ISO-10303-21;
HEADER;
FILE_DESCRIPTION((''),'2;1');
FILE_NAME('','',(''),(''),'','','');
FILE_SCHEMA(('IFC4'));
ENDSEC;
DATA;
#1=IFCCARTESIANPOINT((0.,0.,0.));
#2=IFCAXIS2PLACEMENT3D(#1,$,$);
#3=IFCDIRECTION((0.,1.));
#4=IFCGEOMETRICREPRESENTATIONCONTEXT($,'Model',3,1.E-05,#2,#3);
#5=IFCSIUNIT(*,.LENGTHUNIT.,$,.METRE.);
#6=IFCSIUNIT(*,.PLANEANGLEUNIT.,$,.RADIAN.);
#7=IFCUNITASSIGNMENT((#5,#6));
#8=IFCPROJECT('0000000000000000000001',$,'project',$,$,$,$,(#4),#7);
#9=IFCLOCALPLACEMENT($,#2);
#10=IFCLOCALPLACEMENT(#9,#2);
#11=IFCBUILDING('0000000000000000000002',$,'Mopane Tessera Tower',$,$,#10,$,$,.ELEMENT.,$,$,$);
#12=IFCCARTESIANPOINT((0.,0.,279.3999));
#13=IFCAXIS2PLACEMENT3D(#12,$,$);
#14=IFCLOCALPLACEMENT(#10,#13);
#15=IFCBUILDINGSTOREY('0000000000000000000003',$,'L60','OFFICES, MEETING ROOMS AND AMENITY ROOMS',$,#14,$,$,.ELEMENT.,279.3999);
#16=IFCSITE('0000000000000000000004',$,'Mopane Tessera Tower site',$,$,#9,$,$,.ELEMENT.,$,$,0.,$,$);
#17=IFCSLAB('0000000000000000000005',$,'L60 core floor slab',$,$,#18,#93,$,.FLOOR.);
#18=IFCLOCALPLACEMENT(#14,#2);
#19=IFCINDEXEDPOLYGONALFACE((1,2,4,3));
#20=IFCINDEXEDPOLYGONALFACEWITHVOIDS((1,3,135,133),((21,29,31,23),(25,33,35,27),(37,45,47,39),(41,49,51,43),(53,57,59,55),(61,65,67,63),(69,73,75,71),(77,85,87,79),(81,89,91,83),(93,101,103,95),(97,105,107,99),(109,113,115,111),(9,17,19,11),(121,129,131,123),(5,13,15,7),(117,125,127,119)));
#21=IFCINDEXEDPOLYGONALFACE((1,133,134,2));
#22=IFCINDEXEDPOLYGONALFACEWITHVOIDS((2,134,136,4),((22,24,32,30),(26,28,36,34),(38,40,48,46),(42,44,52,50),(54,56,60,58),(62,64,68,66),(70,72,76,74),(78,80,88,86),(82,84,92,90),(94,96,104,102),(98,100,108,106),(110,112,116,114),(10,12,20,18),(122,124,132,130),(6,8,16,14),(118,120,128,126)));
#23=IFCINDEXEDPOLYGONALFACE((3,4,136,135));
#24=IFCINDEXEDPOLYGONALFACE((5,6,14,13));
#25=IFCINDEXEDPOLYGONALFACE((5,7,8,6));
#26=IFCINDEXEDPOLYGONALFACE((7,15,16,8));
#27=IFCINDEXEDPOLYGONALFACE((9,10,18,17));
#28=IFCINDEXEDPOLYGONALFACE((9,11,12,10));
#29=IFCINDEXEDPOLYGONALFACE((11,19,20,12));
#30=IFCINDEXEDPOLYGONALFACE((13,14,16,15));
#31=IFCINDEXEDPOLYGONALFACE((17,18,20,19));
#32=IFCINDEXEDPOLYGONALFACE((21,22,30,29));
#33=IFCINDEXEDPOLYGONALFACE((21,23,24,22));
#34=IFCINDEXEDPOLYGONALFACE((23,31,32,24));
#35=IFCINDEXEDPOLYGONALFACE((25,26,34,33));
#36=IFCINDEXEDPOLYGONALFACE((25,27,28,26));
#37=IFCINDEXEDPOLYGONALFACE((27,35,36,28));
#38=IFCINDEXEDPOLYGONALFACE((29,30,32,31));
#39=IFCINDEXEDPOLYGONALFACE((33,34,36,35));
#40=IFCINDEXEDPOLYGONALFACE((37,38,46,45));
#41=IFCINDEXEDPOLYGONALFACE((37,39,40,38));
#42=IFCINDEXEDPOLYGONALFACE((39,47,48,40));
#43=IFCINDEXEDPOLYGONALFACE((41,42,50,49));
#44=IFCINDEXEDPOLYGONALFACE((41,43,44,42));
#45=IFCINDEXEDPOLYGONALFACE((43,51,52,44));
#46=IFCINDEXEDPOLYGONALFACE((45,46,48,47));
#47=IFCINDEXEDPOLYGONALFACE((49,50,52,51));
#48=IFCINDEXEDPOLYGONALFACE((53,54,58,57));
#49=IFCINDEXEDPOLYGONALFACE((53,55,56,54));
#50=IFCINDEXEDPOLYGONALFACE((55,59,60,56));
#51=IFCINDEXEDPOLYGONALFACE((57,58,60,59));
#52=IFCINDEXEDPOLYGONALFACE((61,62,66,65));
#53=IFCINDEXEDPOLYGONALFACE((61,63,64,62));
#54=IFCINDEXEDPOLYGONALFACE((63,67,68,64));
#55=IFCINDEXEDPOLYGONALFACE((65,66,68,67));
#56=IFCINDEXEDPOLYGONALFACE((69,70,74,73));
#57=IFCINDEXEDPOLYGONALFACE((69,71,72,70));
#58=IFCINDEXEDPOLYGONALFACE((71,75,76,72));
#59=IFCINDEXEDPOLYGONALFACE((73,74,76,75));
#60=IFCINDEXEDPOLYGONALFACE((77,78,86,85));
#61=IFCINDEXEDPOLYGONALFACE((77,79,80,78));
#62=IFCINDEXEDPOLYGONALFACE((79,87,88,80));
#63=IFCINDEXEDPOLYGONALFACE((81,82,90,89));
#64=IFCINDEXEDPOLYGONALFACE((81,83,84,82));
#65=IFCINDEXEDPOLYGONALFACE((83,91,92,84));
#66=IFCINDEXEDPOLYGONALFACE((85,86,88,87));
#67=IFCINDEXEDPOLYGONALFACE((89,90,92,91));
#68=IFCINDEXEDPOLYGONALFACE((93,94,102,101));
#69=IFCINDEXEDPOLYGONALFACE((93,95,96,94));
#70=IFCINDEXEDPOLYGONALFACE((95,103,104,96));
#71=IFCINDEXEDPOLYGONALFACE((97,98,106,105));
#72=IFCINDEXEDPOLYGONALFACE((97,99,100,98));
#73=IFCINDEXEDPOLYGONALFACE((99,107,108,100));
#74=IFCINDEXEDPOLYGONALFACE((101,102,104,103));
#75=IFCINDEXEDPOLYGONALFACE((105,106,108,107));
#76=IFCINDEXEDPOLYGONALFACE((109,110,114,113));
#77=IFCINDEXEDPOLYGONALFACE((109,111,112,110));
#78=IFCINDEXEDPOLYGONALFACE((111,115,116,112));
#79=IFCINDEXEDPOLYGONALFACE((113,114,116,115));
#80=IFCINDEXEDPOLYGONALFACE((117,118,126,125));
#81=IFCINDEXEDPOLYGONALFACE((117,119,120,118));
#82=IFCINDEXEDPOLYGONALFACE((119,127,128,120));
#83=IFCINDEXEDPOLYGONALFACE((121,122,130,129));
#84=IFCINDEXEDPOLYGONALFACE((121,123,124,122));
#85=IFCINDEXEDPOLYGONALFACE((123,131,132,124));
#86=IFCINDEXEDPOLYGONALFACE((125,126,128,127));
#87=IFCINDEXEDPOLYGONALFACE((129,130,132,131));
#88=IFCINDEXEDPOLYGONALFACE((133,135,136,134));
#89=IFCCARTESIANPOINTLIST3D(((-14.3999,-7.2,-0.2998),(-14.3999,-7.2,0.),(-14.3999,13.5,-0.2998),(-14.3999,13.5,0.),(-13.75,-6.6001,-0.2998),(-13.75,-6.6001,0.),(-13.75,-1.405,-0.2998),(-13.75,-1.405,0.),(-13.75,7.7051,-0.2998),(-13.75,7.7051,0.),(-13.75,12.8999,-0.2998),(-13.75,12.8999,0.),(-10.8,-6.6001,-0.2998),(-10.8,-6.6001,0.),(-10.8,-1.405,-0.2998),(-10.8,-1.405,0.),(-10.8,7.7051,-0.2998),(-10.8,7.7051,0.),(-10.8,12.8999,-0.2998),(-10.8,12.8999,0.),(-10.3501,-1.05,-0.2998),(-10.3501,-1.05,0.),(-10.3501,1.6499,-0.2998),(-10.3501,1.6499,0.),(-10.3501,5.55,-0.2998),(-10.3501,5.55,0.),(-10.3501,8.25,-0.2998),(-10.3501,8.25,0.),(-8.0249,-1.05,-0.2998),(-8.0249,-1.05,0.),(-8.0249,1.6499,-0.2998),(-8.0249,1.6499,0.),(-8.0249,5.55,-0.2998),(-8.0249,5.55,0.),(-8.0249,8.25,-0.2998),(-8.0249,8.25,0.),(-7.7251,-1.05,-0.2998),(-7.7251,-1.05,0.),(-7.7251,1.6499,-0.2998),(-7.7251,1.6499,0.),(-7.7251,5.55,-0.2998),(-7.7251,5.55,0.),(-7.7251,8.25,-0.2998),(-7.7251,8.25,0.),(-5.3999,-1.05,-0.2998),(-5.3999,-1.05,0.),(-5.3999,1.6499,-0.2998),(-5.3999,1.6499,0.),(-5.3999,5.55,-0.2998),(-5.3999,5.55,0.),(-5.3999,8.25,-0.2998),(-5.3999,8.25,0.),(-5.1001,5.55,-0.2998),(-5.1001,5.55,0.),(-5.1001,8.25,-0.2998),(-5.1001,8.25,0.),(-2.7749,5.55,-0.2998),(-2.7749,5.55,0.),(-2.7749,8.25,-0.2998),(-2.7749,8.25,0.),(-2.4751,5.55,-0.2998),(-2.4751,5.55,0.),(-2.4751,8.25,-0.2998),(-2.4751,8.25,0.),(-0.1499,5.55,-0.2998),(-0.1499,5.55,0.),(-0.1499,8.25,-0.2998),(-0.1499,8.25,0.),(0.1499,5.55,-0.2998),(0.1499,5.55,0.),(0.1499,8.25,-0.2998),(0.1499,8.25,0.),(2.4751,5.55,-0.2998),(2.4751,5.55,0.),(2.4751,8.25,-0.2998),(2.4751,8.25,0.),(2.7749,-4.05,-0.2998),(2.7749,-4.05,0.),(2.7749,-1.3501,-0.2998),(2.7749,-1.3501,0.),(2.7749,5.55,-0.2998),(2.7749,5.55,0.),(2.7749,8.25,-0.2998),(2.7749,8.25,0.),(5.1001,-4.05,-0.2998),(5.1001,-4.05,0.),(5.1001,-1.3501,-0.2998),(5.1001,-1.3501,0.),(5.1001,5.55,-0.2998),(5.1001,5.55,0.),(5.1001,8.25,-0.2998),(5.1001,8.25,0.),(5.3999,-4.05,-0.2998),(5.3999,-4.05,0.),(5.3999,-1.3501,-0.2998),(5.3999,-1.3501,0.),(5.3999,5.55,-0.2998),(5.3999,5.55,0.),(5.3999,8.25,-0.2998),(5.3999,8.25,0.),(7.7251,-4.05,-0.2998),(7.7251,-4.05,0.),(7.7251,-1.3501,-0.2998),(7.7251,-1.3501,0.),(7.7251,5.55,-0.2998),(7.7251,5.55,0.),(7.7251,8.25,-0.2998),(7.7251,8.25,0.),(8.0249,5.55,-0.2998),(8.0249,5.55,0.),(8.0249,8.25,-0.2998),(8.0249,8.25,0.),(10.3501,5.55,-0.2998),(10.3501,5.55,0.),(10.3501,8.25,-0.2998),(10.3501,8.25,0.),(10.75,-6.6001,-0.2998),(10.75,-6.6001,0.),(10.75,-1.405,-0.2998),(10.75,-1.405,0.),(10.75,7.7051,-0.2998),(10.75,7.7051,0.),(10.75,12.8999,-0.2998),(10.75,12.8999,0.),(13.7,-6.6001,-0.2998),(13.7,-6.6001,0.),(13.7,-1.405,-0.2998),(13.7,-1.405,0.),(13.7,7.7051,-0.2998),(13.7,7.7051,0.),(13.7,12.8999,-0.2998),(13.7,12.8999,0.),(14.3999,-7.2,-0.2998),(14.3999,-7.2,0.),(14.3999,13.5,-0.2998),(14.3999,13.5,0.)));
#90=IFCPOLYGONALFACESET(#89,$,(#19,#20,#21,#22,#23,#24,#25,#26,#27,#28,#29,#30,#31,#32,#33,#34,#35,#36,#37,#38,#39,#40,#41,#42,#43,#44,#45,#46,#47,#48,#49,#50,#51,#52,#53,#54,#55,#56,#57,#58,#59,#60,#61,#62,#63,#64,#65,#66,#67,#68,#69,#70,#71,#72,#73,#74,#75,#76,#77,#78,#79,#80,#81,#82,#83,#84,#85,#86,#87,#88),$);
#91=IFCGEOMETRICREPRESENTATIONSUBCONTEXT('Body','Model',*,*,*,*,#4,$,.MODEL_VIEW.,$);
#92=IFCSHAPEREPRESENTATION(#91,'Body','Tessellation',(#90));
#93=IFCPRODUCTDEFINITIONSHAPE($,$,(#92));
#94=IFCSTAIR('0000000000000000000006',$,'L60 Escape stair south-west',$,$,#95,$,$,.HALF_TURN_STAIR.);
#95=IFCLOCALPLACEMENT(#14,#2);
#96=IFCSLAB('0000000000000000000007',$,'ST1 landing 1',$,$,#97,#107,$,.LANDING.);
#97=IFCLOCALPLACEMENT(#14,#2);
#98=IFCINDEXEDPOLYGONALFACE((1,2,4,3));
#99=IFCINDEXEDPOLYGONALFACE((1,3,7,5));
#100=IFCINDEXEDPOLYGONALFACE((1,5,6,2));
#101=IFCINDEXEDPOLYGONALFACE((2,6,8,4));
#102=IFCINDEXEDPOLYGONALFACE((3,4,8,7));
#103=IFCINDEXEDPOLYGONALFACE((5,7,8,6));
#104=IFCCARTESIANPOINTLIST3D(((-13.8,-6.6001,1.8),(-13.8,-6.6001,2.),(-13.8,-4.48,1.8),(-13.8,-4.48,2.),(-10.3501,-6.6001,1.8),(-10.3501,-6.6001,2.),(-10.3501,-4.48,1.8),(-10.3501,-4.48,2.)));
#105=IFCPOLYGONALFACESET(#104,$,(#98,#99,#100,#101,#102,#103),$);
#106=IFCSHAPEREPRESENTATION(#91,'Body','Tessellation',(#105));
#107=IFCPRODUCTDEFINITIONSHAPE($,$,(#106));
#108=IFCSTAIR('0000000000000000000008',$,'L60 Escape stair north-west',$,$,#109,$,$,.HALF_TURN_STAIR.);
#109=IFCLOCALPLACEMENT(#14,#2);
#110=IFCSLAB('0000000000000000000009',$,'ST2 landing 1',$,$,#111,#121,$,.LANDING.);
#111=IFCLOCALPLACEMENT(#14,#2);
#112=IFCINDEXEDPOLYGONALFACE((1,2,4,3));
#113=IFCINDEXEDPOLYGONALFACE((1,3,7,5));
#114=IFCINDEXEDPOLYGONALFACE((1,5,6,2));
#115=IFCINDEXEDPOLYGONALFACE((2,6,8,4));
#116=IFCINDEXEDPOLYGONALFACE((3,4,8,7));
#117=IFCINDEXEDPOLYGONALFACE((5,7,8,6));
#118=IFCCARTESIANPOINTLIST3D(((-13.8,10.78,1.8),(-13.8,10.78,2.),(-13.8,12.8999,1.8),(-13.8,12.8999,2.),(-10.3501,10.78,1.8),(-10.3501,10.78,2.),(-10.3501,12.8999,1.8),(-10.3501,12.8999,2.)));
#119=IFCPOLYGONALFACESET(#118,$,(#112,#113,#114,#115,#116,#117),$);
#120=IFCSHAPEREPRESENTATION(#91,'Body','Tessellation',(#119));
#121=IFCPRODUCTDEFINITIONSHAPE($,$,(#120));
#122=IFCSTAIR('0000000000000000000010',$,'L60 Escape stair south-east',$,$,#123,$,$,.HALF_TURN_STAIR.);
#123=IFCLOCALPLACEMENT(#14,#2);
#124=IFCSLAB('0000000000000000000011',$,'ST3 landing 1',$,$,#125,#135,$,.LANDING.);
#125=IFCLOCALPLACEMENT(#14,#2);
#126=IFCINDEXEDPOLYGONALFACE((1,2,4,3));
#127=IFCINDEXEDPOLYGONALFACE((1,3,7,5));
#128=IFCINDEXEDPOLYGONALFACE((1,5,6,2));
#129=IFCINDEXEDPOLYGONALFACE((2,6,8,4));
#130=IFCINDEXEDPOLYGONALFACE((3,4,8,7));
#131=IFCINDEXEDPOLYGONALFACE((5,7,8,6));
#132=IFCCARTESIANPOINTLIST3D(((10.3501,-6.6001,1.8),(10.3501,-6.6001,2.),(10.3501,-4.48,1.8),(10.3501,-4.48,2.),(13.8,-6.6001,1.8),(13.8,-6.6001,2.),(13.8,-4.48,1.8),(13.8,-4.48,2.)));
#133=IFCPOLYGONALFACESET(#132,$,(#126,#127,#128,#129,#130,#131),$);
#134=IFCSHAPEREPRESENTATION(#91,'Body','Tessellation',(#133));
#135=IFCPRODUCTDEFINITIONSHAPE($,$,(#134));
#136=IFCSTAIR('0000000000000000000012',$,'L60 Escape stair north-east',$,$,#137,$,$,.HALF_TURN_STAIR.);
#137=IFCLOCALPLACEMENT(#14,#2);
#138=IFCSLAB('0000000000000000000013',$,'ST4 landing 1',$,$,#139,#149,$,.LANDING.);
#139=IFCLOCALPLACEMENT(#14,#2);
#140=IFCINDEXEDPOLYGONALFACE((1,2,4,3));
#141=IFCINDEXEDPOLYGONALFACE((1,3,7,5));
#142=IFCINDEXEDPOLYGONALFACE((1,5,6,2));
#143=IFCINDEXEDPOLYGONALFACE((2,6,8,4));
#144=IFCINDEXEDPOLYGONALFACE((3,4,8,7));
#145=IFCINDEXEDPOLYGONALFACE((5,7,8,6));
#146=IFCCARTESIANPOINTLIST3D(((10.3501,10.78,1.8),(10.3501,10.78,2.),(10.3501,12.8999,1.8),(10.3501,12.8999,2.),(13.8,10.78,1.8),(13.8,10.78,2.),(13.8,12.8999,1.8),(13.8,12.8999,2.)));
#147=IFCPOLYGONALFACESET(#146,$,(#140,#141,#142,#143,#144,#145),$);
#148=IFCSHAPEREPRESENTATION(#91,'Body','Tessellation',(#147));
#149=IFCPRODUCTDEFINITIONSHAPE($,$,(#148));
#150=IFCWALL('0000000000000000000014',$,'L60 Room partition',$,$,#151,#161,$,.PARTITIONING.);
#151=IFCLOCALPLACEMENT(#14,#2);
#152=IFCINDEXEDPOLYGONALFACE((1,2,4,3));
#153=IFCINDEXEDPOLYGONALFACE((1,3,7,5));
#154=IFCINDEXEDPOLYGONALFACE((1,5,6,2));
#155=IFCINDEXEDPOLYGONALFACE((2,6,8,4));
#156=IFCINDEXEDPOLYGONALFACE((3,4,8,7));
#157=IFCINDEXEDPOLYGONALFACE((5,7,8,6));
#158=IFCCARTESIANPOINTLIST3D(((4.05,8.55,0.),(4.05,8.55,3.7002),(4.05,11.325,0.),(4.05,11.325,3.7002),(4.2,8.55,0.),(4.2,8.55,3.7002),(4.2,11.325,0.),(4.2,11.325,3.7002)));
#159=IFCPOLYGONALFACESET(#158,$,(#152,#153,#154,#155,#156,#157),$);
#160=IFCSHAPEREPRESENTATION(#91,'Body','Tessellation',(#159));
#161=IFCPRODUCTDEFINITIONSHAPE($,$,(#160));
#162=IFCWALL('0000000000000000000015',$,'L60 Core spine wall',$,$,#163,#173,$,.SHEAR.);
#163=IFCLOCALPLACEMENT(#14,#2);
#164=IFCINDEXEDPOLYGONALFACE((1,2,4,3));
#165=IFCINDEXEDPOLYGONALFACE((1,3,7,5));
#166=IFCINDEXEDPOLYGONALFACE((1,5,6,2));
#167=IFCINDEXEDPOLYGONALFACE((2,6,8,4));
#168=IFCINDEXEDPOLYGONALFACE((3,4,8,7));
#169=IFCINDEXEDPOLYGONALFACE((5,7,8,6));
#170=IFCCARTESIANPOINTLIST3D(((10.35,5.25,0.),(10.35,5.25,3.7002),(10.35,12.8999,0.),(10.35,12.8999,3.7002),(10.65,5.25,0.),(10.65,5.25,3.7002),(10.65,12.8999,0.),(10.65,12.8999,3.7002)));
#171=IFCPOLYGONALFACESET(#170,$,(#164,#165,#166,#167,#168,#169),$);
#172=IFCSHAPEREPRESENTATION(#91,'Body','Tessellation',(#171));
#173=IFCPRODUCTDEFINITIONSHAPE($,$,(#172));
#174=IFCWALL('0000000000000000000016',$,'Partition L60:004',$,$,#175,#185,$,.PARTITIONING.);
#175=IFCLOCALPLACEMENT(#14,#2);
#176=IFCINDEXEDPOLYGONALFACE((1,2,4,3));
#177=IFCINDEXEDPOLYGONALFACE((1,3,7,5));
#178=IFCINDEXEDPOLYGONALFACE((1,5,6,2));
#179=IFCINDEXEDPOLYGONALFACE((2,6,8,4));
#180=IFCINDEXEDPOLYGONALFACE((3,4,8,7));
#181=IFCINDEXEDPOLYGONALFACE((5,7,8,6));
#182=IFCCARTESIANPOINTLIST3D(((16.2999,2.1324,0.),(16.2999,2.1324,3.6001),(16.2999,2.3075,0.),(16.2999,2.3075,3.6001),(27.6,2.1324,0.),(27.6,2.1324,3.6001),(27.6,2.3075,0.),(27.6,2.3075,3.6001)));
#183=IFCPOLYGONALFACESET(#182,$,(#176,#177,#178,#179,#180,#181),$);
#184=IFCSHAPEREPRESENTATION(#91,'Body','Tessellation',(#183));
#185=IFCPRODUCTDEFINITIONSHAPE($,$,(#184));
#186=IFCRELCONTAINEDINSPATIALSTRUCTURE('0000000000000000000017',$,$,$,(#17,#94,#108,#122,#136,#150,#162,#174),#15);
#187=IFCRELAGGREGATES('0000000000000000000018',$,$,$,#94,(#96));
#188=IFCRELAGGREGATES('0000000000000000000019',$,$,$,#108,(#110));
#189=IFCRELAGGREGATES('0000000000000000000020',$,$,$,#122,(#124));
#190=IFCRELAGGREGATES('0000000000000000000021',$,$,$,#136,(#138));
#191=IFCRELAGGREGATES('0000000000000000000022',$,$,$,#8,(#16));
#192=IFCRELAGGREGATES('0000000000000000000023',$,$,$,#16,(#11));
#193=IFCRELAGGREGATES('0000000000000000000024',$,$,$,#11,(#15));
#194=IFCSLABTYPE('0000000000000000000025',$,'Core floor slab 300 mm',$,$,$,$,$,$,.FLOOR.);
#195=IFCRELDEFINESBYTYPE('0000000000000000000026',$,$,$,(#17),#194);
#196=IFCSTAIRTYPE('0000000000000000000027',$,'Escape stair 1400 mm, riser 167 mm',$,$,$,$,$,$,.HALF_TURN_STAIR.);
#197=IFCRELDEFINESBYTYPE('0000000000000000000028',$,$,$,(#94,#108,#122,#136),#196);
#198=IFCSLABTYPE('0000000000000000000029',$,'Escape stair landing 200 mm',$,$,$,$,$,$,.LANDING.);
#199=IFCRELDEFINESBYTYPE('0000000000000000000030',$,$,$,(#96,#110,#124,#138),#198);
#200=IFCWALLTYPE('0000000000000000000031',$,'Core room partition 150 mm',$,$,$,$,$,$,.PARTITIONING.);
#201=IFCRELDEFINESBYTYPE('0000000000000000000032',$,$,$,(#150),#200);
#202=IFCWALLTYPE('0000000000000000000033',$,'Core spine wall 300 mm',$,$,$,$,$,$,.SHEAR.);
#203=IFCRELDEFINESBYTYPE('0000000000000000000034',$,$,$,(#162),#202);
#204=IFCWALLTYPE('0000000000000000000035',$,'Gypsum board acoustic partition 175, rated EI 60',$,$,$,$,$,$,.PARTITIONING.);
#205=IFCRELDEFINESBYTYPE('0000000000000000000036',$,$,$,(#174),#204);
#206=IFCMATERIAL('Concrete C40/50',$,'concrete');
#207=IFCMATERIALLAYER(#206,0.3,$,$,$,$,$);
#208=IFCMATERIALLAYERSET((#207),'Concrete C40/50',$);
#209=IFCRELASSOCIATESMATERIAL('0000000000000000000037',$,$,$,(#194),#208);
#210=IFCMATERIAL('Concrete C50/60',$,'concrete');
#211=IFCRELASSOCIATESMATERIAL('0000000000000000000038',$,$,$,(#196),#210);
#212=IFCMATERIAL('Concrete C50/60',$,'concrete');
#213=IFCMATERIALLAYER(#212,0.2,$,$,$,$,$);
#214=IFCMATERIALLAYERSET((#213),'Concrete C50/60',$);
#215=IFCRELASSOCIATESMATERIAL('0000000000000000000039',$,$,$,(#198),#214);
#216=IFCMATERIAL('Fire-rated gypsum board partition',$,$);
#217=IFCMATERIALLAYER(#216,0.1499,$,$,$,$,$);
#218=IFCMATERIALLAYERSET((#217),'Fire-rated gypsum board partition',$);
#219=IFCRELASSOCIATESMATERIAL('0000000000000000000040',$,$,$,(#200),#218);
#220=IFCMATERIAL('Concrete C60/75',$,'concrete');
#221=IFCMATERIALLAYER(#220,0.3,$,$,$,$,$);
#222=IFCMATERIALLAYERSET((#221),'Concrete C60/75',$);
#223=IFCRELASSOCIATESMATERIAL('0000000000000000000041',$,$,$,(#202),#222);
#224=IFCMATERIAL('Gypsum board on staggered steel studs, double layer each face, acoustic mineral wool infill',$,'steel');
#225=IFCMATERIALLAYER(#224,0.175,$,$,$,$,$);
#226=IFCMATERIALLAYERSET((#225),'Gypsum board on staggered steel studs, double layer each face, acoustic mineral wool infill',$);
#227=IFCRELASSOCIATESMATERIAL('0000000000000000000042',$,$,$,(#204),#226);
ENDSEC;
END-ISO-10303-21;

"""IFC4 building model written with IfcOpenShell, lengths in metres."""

from ifc_helpers import new_model, si_unit, direction, frame, frame_2d, origin, place, context, subcontext, project, spatial, polyline, rectangle, outline, extrude, material, layer, layer_set, type_object, element, aggregate, save


model = new_model("IFC4")

# Units and contexts
model_context = context("Model", 3, precision=1e-05, world=origin(), true_north=direction((0.0, 1.0)))
body_context = subcontext(model_context, "Body", "Model", "MODEL_VIEW")
ifc_project = project(units=[si_unit("LENGTHUNIT", "METRE"), si_unit("PLANEANGLEUNIT", "RADIAN")], contexts=[model_context])

# Site, building, storey
site_placement = place(None, origin())
site = spatial("IfcSite", under=ifc_project, at=site_placement, Name="Mopane Tessera Tower site", CompositionType="ELEMENT", RefElevation=0.0)
building_placement = place(site_placement, origin())
building = spatial("IfcBuilding", under=site, at=building_placement, Name="Mopane Tessera Tower", CompositionType="ELEMENT")
storey_placement = place(building_placement, frame((0.0, 0.0, 279.3999)))
storey = spatial("IfcBuildingStorey", under=building, at=storey_placement, Name="L60", Description="OFFICES, MEETING ROOMS AND AMENITY ROOMS", CompositionType="ELEMENT", Elevation=279.3999)

# Slab
ifc_material_1 = material(Name="Concrete C40/50", Category="concrete")
ifc_layer_1 = layer(ifc_material_1, 0.3)
ifc_layer_set_1 = layer_set([ifc_layer_1], Name="Concrete C40/50")
slab_type_1 = type_object("IfcSlabType", Name="Core floor slab 300 mm", PredefinedType="FLOOR", material=ifc_layer_set_1)
slab_1_placement = place(storey_placement, frame((0.0, 0.0, -0.2998)))
element("IfcSlab", 1, at=slab_1_placement, inside=storey, type_object=slab_type_1, Name="L60 core floor slab", PredefinedType="FLOOR", context=body_context, shape_type="SweptSolid", body=[
    extrude(outline(polyline([(-14.3999, -7.2), (14.3999, -7.2), (14.3999, 13.5), (-14.3999, 13.5), (-14.3999, -7.2)]), holes=[polyline([(-10.3501, -1.05), (-8.0249, -1.05), (-8.0249, 1.6499), (-10.3501, 1.6499), (-10.3501, -1.05)]), polyline([(-7.7251, -1.05), (-5.3999, -1.05), (-5.3999, 1.6499), (-7.7251, 1.6499), (-7.7251, -1.05)]), polyline([(-10.3501, 5.55), (-8.0249, 5.55), (-8.0249, 8.25), (-10.3501, 8.25), (-10.3501, 5.55)]), polyline([(-7.7251, 5.55), (-5.3999, 5.55), (-5.3999, 8.25), (-7.7251, 8.25), (-7.7251, 5.55)]), polyline([(-5.1001, 5.55), (-2.7749, 5.55), (-2.7749, 8.25), (-5.1001, 8.25), (-5.1001, 5.55)]), polyline([(-2.4751, 5.55), (-0.1499, 5.55), (-0.1499, 8.25), (-2.4751, 8.25), (-2.4751, 5.55)]), polyline([(0.1499, 5.55), (2.4751, 5.55), (2.4751, 8.25), (0.1499, 8.25), (0.1499, 5.55)]), polyline([(2.7749, 5.55), (5.1001, 5.55), (5.1001, 8.25), (2.7749, 8.25), (2.7749, 5.55)]), polyline([(5.3999, 5.55), (7.7251, 5.55), (7.7251, 8.25), (5.3999, 8.25), (5.3999, 5.55)]), polyline([(8.0249, 5.55), (10.3501, 5.55), (10.3501, 8.25), (8.0249, 8.25), (8.0249, 5.55)]), polyline([(2.7749, -4.05), (5.1001, -4.05), (5.1001, -1.3501), (2.7749, -1.3501), (2.7749, -4.05)]), polyline([(5.3999, -4.05), (7.7251, -4.05), (7.7251, -1.3501), (5.3999, -1.3501), (5.3999, -4.05)]), polyline([(-13.75, -1.405), (-13.75, -6.6001), (-10.8, -6.6001), (-10.8, -1.405), (-13.75, -1.405)]), polyline([(-10.8, 7.7051), (-10.8, 12.8999), (-13.75, 12.8999), (-13.75, 7.7051), (-10.8, 7.7051)]), polyline([(10.75, -1.405), (10.75, -6.6001), (13.7, -6.6001), (13.7, -1.405), (10.75, -1.405)]), polyline([(13.7, 7.7051), (13.7, 12.8999), (10.75, 12.8999), (10.75, 7.7051), (13.7, 7.7051)])]), origin(), (0.0, 0.0, 1.0), 0.2998),
])

# Stairs, slabs
ifc_material_2 = material(Name="Concrete C50/60", Category="concrete")
stair_type = type_object("IfcStairType", Name="Escape stair 1400 mm, riser 167 mm", PredefinedType="HALF_TURN_STAIR", material=ifc_material_2)
stair_1_placement = place(storey_placement, origin())
stair_1 = element("IfcStair", 2, at=stair_1_placement, inside=storey, type_object=stair_type, Name="L60 Escape stair south-west", PredefinedType="HALF_TURN_STAIR")
ifc_material_3 = material(Name="Concrete C50/60", Category="concrete")
ifc_layer_2 = layer(ifc_material_3, 0.2)
ifc_layer_set_2 = layer_set([ifc_layer_2], Name="Concrete C50/60")
slab_type_2 = type_object("IfcSlabType", Name="Escape stair landing 200 mm", PredefinedType="LANDING", material=ifc_layer_set_2)
slab_2_placement = place(storey_placement, frame((0.0, 0.0, 1.8)))
slab_2 = element("IfcSlab", 3, at=slab_2_placement, type_object=slab_type_2, Name="ST1 landing 1", PredefinedType="LANDING", context=body_context, shape_type="SweptSolid", body=[
    extrude(outline(polyline([(-13.8, -4.48), (-13.8, -6.6001), (-10.3501, -6.6001), (-10.3501, -4.48), (-13.8, -4.48)])), origin(), (0.0, 0.0, 1.0), 0.2),
])
aggregate(stair_1, [slab_2])
stair_2_placement = place(storey_placement, origin())
stair_2 = element("IfcStair", 4, at=stair_2_placement, inside=storey, type_object=stair_type, Name="L60 Escape stair north-west", PredefinedType="HALF_TURN_STAIR")
slab_3_placement = place(storey_placement, frame((0.0, 0.0, 1.8)))
slab_3 = element("IfcSlab", 5, at=slab_3_placement, type_object=slab_type_2, Name="ST2 landing 1", PredefinedType="LANDING", context=body_context, shape_type="SweptSolid", body=[
    extrude(outline(polyline([(-10.3501, 10.78), (-10.3501, 12.8999), (-13.8, 12.8999), (-13.8, 10.78), (-10.3501, 10.78)])), origin(), (0.0, 0.0, 1.0), 0.2),
])
aggregate(stair_2, [slab_3])
stair_3_placement = place(storey_placement, origin())
stair_3 = element("IfcStair", 6, at=stair_3_placement, inside=storey, type_object=stair_type, Name="L60 Escape stair south-east", PredefinedType="HALF_TURN_STAIR")
slab_4_placement = place(storey_placement, frame((0.0, 0.0, 1.8)))
slab_4 = element("IfcSlab", 7, at=slab_4_placement, type_object=slab_type_2, Name="ST3 landing 1", PredefinedType="LANDING", context=body_context, shape_type="SweptSolid", body=[
    extrude(outline(polyline([(10.3501, -4.48), (10.3501, -6.6001), (13.8, -6.6001), (13.8, -4.48), (10.3501, -4.48)])), origin(), (0.0, 0.0, 1.0), 0.2),
])
aggregate(stair_3, [slab_4])
stair_4_placement = place(storey_placement, origin())
stair_4 = element("IfcStair", 8, at=stair_4_placement, inside=storey, type_object=stair_type, Name="L60 Escape stair north-east", PredefinedType="HALF_TURN_STAIR")
slab_5_placement = place(storey_placement, frame((0.0, 0.0, 1.8)))
slab_5 = element("IfcSlab", 9, at=slab_5_placement, type_object=slab_type_2, Name="ST4 landing 1", PredefinedType="LANDING", context=body_context, shape_type="SweptSolid", body=[
    extrude(outline(polyline([(13.8, 10.78), (13.8, 12.8999), (10.3501, 12.8999), (10.3501, 10.78), (13.8, 10.78)])), origin(), (0.0, 0.0, 1.0), 0.2),
])

# Walls
ifc_material_4 = material(Name="Fire-rated gypsum board partition")
ifc_layer_3 = layer(ifc_material_4, 0.1499)
ifc_layer_set_3 = layer_set([ifc_layer_3], Name="Fire-rated gypsum board partition")
wall_type_1 = type_object("IfcWallType", Name="Core room partition 150 mm", PredefinedType="PARTITIONING", material=ifc_layer_set_3)
wall_1_placement = place(storey_placement, frame((4.125, 8.55, 0.0), z_axis=(0.0, 0.0, 1.0), x_axis=(0.0, 1.0, 0.0)))
element("IfcWall", 10, at=wall_1_placement, inside=storey, type_object=wall_type_1, Name="L60 Room partition", PredefinedType="PARTITIONING", context=body_context, shape_type="SweptSolid", body=[
    extrude(rectangle(XDim=2.7749, YDim=0.1499, at=frame_2d((1.3875, 0.0))), origin(), (0.0, 0.0, 1.0), 3.7002),
])
ifc_material_5 = material(Name="Concrete C60/75", Category="concrete")
ifc_layer_4 = layer(ifc_material_5, 0.3)
ifc_layer_set_4 = layer_set([ifc_layer_4], Name="Concrete C60/75")
wall_type_2 = type_object("IfcWallType", Name="Core spine wall 300 mm", PredefinedType="SHEAR", material=ifc_layer_set_4)
wall_2_placement = place(storey_placement, frame((10.5, 5.25, 0.0), z_axis=(0.0, 0.0, 1.0), x_axis=(0.0, 1.0, 0.0)))
element("IfcWall", 11, at=wall_2_placement, inside=storey, type_object=wall_type_2, Name="L60 Core spine wall", PredefinedType="SHEAR", context=body_context, shape_type="SweptSolid", body=[
    extrude(rectangle(XDim=7.6499, YDim=0.3, at=frame_2d((3.825, 0.0))), origin(), (0.0, 0.0, 1.0), 3.7002),
])
ifc_material_6 = material(Name="Gypsum board on staggered steel studs, double layer each face, acoustic mineral wool infill", Category="steel")
ifc_layer_5 = layer(ifc_material_6, 0.175)
ifc_layer_set_5 = layer_set([ifc_layer_5], Name="Gypsum board on staggered steel studs, double layer each face, acoustic mineral wool infill")
wall_type_3 = type_object("IfcWallType", Name="Gypsum board acoustic partition 175, rated EI 60", PredefinedType="PARTITIONING", material=ifc_layer_set_5)
wall_3_placement = place(storey_placement, frame((16.3, 2.22, 0.0), z_axis=(0.0, 0.0, 1.0), x_axis=(1.0, 0.0, 0.0)))
element("IfcWall", 12, at=wall_3_placement, inside=storey, type_object=wall_type_3, Name="Partition L60:004", PredefinedType="PARTITIONING", context=body_context, shape_type="SweptSolid", body=[
    extrude(rectangle(XDim=11.3, YDim=0.175, at=frame_2d((5.6499, 0.0))), origin(), (0.0, 0.0, 1.0), 3.6001),
])

aggregate(stair_4, [slab_5])

save(model, "model.ifc")
